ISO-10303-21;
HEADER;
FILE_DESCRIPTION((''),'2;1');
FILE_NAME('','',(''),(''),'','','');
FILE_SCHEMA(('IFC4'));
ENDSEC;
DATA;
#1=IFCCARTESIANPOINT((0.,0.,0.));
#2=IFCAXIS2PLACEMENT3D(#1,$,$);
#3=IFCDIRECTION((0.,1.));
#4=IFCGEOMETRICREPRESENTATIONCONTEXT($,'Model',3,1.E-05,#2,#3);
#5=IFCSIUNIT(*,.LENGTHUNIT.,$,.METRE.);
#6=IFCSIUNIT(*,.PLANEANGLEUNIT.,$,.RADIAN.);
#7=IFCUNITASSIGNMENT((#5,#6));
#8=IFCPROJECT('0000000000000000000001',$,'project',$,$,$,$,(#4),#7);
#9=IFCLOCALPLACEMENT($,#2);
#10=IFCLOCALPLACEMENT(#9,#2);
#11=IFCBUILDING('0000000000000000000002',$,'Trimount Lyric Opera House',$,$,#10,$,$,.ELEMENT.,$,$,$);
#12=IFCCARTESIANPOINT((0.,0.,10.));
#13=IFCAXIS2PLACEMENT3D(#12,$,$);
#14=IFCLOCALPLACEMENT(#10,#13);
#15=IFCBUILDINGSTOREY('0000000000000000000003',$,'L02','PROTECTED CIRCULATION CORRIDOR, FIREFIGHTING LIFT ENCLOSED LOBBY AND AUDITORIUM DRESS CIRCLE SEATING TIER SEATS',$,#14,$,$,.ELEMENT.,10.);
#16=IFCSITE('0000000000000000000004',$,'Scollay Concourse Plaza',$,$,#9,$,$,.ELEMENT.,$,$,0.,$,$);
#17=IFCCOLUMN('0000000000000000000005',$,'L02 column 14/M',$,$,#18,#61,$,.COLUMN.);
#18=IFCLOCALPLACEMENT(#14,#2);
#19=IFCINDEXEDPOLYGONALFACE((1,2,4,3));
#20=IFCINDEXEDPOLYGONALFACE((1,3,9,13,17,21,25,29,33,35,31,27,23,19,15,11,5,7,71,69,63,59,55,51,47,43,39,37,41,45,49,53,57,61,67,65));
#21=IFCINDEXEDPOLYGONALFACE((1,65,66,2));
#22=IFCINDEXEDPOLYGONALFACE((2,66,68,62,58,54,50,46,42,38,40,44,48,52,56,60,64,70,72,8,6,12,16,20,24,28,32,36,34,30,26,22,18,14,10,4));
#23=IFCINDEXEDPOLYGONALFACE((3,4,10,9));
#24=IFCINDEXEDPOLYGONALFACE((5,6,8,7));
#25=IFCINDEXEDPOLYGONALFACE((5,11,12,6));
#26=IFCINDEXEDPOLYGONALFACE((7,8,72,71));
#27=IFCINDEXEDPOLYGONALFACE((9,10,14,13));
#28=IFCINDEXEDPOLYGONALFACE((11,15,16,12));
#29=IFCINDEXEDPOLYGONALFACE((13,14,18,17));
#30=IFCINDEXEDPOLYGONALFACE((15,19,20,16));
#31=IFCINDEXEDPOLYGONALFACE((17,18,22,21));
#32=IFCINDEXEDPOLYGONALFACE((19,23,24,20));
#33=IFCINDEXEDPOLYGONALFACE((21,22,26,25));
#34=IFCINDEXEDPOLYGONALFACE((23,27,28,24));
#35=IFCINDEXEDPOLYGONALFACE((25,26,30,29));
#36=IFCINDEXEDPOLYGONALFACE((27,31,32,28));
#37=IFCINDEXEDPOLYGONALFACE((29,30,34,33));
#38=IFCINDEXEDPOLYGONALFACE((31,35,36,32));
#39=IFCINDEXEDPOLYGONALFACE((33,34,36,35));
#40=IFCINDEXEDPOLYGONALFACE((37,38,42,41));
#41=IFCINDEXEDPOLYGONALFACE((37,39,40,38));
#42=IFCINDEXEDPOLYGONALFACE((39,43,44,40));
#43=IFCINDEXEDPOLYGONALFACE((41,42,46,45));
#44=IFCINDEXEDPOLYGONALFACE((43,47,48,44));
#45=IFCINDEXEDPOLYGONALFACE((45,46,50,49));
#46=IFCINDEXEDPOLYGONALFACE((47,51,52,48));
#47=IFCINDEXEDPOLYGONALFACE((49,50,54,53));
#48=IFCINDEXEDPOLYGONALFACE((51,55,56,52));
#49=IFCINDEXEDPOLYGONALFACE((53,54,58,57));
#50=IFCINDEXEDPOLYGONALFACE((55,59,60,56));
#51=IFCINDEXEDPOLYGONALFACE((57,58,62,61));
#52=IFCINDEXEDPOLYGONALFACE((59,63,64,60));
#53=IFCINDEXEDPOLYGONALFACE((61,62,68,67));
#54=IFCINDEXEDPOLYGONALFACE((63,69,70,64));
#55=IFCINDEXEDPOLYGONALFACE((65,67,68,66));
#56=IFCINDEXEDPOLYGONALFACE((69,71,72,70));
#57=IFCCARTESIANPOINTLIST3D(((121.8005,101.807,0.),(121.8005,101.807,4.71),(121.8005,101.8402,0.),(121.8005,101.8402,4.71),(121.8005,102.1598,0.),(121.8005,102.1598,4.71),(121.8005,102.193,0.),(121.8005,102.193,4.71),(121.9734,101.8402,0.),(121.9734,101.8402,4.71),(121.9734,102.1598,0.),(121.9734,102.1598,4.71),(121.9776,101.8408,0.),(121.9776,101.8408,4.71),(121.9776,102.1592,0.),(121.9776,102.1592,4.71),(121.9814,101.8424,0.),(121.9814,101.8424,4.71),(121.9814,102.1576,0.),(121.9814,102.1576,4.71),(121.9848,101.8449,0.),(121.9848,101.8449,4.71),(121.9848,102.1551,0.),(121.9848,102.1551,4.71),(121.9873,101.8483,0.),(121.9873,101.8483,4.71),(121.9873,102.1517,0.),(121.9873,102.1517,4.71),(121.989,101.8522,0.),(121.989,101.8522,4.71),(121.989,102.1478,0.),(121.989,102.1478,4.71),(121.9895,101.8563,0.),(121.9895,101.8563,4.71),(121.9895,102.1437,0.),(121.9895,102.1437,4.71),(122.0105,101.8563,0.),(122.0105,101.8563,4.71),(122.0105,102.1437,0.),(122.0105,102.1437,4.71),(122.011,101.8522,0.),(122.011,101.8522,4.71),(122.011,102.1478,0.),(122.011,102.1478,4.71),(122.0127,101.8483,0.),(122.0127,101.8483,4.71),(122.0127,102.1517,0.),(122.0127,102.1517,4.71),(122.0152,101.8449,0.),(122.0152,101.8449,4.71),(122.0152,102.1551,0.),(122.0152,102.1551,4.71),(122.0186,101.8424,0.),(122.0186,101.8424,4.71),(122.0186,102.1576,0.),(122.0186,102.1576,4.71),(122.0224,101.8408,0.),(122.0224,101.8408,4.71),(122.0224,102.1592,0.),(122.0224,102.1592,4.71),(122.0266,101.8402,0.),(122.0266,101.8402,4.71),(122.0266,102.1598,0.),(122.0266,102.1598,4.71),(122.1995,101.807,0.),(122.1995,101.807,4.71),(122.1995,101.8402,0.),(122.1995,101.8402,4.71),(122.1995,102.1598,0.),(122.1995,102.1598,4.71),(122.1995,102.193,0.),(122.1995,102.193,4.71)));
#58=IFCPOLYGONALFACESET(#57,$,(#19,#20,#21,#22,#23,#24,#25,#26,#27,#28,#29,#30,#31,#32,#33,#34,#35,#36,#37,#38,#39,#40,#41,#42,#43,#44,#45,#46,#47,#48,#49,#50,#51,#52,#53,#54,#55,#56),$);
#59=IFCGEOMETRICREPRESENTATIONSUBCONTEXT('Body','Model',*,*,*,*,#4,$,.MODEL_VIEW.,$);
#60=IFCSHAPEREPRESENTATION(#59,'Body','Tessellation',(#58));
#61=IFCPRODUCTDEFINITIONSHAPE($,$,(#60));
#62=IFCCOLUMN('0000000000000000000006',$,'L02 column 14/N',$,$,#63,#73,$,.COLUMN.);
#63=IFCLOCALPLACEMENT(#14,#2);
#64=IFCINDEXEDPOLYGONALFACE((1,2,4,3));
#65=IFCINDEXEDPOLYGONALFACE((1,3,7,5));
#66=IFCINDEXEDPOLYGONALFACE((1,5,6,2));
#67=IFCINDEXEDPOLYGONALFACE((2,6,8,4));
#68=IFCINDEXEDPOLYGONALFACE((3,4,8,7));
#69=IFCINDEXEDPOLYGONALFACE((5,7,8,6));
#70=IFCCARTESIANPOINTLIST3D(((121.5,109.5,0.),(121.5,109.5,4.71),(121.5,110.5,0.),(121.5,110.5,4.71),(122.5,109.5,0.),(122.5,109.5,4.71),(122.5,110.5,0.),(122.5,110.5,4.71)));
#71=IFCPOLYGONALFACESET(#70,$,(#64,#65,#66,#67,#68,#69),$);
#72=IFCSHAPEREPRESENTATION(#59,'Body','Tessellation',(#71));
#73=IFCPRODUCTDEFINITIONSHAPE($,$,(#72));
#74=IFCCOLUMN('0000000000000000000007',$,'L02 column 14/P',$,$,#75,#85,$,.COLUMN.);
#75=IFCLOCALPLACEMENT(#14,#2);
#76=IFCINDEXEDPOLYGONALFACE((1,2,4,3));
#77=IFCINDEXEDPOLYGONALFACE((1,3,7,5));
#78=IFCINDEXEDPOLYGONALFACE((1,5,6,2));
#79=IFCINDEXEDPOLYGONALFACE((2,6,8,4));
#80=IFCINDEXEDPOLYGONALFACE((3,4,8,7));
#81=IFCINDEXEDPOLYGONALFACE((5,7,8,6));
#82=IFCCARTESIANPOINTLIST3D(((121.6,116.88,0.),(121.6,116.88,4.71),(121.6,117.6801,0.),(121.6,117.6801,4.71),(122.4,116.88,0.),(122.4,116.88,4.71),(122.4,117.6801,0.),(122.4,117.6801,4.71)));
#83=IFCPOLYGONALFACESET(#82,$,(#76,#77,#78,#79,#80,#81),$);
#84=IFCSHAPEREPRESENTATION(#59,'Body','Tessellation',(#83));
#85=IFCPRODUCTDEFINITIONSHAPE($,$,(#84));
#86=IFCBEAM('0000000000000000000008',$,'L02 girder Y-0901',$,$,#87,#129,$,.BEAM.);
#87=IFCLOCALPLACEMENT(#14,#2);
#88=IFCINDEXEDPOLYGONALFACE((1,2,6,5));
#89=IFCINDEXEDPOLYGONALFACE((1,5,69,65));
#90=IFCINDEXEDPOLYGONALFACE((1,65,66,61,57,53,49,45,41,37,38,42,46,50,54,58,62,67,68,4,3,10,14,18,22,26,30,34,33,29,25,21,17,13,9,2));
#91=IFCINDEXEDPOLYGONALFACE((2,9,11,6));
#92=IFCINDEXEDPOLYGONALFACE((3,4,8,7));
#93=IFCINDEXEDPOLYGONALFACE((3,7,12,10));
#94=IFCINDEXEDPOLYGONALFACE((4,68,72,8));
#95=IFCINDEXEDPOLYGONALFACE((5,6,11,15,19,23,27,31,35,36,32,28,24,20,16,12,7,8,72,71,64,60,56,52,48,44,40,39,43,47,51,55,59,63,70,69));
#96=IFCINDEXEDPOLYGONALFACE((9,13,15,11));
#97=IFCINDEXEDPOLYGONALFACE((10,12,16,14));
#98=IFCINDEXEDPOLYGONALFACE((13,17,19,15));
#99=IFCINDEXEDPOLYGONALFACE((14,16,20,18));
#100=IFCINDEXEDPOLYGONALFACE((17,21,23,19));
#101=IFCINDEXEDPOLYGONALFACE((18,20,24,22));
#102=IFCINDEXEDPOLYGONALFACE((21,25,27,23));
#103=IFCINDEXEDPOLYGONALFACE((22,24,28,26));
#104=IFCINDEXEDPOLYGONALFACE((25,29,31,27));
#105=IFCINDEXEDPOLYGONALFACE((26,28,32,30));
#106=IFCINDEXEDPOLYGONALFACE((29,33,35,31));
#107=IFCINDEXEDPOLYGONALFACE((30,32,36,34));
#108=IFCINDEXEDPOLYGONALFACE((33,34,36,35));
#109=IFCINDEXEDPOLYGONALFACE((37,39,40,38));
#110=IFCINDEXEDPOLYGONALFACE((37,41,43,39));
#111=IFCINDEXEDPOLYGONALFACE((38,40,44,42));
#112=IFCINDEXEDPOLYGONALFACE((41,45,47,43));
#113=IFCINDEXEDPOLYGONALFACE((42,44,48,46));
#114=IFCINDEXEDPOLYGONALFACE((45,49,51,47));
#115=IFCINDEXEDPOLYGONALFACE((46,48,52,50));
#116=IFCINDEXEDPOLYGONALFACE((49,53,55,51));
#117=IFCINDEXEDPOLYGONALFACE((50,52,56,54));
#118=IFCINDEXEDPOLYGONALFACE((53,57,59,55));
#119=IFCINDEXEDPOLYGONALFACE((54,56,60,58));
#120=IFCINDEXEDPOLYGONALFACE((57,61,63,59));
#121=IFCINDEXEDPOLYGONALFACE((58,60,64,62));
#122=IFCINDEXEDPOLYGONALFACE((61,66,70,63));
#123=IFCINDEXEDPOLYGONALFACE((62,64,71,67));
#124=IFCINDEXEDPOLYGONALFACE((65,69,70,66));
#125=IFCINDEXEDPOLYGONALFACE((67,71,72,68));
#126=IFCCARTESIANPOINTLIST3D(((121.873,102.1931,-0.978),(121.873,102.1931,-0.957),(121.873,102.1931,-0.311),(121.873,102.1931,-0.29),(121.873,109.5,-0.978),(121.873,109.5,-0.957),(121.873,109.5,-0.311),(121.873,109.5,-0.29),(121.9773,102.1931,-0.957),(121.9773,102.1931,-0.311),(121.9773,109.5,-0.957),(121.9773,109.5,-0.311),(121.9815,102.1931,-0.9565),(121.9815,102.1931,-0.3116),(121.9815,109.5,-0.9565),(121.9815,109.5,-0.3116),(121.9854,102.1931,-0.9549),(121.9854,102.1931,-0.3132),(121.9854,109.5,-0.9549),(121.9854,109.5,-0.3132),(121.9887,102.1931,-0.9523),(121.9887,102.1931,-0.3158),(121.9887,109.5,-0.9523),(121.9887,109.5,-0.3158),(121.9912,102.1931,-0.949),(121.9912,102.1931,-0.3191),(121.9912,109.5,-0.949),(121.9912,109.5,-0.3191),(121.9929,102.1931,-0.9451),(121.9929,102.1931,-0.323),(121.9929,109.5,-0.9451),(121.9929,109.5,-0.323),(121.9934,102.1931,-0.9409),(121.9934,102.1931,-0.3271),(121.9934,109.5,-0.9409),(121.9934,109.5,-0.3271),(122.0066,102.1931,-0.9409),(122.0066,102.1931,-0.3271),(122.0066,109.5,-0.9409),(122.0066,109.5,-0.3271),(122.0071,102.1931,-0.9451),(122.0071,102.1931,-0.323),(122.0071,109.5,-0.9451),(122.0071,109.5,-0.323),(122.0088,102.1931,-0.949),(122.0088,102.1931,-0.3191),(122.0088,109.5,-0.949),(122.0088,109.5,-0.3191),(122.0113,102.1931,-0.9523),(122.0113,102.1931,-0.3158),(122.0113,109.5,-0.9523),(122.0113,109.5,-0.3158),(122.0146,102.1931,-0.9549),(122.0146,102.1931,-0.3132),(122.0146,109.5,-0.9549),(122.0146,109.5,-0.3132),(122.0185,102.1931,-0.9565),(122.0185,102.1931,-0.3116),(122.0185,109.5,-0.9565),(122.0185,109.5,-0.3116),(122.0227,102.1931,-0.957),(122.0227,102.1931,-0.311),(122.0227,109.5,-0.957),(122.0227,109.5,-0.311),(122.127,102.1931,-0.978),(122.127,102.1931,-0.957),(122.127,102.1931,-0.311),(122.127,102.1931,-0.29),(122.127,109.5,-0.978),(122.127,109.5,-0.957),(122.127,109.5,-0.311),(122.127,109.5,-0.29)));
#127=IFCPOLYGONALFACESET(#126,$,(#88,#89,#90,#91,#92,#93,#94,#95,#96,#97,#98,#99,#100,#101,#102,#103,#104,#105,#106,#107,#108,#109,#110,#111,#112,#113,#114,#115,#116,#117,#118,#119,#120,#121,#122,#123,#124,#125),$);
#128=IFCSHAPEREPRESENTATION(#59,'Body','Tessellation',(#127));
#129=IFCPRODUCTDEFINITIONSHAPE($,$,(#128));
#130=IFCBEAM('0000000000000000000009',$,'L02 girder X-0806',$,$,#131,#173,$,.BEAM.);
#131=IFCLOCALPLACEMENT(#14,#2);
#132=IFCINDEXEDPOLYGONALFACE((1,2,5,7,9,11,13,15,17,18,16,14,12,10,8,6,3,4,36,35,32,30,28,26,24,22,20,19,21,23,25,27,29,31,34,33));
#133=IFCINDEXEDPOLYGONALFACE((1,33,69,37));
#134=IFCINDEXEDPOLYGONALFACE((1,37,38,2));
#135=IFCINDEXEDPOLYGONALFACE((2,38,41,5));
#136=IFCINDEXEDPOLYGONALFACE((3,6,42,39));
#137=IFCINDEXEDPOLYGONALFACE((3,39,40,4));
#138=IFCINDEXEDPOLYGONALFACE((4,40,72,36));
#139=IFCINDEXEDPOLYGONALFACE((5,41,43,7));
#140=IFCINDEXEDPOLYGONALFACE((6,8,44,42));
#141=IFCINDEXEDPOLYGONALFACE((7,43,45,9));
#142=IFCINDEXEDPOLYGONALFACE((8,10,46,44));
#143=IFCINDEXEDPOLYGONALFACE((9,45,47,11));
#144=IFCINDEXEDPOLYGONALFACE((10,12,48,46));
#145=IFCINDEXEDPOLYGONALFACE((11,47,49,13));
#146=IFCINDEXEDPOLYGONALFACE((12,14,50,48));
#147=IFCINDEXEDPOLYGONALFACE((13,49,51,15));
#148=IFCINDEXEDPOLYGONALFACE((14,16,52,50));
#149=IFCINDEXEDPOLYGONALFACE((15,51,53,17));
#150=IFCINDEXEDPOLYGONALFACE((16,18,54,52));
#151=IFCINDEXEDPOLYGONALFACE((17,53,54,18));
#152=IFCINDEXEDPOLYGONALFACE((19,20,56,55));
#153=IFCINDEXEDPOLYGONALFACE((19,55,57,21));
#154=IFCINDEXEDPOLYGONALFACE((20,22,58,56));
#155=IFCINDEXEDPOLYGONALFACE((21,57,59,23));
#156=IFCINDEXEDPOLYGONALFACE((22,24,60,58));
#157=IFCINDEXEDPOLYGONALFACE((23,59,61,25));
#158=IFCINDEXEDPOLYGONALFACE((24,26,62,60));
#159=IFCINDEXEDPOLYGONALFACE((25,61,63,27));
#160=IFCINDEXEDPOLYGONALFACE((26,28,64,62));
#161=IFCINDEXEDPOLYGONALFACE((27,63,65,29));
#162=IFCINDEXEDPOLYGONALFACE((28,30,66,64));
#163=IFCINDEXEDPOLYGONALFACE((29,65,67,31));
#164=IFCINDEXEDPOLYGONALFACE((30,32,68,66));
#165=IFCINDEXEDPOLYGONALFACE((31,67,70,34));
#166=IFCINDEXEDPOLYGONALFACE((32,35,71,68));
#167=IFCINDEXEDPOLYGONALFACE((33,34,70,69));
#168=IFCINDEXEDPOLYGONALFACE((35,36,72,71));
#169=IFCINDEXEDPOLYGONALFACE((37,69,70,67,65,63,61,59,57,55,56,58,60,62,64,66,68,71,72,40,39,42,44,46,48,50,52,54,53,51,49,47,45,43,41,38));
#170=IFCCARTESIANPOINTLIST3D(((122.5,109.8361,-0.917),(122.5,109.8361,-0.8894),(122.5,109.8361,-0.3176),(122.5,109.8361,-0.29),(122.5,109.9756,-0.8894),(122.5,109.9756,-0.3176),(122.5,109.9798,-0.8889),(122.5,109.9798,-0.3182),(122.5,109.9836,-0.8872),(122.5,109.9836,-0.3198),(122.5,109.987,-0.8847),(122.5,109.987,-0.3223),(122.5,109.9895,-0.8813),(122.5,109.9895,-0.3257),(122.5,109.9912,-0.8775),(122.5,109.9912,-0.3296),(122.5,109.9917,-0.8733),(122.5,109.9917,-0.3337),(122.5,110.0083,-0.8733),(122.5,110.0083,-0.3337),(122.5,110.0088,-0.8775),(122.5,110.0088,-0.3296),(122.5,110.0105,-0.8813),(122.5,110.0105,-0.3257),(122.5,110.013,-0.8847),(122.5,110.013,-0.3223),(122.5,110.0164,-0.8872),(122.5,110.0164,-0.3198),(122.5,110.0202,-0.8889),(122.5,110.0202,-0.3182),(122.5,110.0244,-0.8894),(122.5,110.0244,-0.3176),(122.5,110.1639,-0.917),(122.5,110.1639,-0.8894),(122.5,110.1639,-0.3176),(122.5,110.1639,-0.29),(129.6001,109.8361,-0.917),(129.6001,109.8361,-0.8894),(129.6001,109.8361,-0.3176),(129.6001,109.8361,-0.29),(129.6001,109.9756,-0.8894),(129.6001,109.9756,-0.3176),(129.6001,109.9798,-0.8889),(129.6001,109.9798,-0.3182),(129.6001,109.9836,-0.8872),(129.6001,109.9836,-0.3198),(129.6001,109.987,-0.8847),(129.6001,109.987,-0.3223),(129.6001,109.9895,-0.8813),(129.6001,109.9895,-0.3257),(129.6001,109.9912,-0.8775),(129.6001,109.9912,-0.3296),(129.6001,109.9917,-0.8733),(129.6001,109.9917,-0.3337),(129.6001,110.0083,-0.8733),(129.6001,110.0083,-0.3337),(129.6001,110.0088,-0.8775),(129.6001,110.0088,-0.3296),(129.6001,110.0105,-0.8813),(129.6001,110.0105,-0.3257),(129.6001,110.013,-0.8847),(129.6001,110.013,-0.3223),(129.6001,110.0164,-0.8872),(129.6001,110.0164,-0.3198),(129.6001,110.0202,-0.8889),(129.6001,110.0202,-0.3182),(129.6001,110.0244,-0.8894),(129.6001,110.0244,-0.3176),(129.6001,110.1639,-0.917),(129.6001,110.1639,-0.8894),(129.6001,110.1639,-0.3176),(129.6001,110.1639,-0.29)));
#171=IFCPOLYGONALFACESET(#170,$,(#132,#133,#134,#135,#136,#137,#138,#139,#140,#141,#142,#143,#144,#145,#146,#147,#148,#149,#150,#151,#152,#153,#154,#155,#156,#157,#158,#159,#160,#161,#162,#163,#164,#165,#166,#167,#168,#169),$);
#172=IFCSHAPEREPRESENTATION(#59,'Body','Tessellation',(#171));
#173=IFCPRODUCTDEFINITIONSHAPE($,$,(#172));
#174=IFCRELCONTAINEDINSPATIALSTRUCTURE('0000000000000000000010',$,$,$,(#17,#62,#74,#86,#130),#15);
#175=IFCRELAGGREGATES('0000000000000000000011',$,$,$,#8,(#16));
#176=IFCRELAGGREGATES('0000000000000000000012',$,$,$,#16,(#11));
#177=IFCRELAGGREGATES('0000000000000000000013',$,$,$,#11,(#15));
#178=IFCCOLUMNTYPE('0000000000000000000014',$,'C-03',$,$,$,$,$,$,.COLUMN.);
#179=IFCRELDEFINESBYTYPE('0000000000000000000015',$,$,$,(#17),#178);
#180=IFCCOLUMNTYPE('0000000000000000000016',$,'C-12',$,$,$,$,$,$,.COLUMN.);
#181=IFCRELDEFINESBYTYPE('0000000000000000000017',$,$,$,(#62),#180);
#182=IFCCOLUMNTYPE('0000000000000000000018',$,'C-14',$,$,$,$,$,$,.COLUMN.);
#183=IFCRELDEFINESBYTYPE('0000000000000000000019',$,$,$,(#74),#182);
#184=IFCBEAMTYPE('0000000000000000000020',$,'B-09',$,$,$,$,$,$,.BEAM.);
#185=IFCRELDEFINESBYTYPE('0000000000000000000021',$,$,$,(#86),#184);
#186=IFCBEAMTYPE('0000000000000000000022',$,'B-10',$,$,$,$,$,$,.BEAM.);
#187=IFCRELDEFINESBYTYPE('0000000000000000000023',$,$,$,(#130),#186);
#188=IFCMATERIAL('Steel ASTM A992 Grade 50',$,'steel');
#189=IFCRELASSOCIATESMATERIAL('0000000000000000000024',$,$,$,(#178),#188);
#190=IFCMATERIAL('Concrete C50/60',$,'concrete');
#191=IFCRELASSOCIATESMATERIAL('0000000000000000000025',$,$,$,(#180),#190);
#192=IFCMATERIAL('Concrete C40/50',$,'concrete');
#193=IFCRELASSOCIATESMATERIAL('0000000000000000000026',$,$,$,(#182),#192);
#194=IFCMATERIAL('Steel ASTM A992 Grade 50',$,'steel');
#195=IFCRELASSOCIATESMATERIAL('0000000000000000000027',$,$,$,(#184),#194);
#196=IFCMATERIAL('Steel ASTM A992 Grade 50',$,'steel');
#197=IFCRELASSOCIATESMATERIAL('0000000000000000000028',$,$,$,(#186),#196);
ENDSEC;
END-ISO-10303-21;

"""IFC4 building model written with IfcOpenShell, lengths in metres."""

from ifc_helpers import new_model, si_unit, direction, frame, origin, origin_2d, place, context, subcontext, project, spatial, rectangle, i_section, extrude, material, material_profile, profile_set, type_object, element, save


model = new_model("IFC4")

# Units and contexts
model_context = context("Model", 3, precision=1e-05, world=origin(), true_north=direction((0.0, 1.0)))
body_context = subcontext(model_context, "Body", "Model", "MODEL_VIEW")
ifc_project = project(units=[si_unit("LENGTHUNIT", "METRE"), si_unit("PLANEANGLEUNIT", "RADIAN")], contexts=[model_context])

# Site, building, storey
site_placement = place(None, origin())
site = spatial("IfcSite", under=ifc_project, at=site_placement, Name="Scollay Concourse Plaza", CompositionType="ELEMENT", RefElevation=0.0)
building_placement = place(site_placement, origin())
building = spatial("IfcBuilding", under=site, at=building_placement, Name="Trimount Lyric Opera House", CompositionType="ELEMENT")
storey_placement = place(building_placement, frame((0.0, 0.0, 10.0)))
storey = spatial("IfcBuildingStorey", under=building, at=storey_placement, Name="L02", Description="PROTECTED CIRCULATION CORRIDOR, FIREFIGHTING LIFT ENCLOSED LOBBY AND AUDITORIUM DRESS CIRCLE SEATING TIER SEATS", CompositionType="ELEMENT", Elevation=10.0)

# Columns
ifc_material_1 = material(Name="Steel ASTM A992 Grade 50", Category="steel")
ifc_material_profile_1 = material_profile(ifc_material_1, i_section(OverallWidth=0.3989, OverallDepth=0.386, WebThickness=0.021, FlangeThickness=0.0332, FilletRadius=0.0161, at=origin_2d()), Name="W14X176")
ifc_profile_set_1 = profile_set([ifc_material_profile_1], Name="Steel ASTM A992 Grade 50")
column_type_1 = type_object("IfcColumnType", Name="C-03", PredefinedType="COLUMN", material=ifc_profile_set_1)
column_1_placement = place(storey_placement, frame((122.0, 102.0, 0.0), z_axis=(0.0, 0.0, 1.0), x_axis=(1.0, 0.0, 0.0)))
element("IfcColumn", 1, at=column_1_placement, inside=storey, type_object=column_type_1, Name="L02 column 14/M", PredefinedType="COLUMN", context=body_context, shape_type="SweptSolid", body=[
    extrude(i_section(OverallWidth=0.3989, OverallDepth=0.386, WebThickness=0.021, FlangeThickness=0.0332, FilletRadius=0.0161, at=origin_2d()), origin(), (0.0, 0.0, 1.0), 4.71),
])
ifc_material_2 = material(Name="Concrete C50/60", Category="concrete")
ifc_material_profile_2 = material_profile(ifc_material_2, rectangle(XDim=1.0, YDim=1.0, at=origin_2d()), Name="RC1000X1000")
ifc_profile_set_2 = profile_set([ifc_material_profile_2], Name="Concrete C50/60")
column_type_2 = type_object("IfcColumnType", Name="C-12", PredefinedType="COLUMN", material=ifc_profile_set_2)
column_2_placement = place(storey_placement, frame((122.0, 110.0, 0.0), z_axis=(0.0, 0.0, 1.0), x_axis=(1.0, 0.0, 0.0)))
element("IfcColumn", 2, at=column_2_placement, inside=storey, type_object=column_type_2, Name="L02 column 14/N", PredefinedType="COLUMN", context=body_context, shape_type="SweptSolid", body=[
    extrude(rectangle(XDim=1.0, YDim=1.0, at=origin_2d()), origin(), (0.0, 0.0, 1.0), 4.71),
])
ifc_material_3 = material(Name="Concrete C40/50", Category="concrete")
ifc_material_profile_3 = material_profile(ifc_material_3, rectangle(XDim=0.8, YDim=0.8, at=origin_2d()), Name="RC800X800")
ifc_profile_set_3 = profile_set([ifc_material_profile_3], Name="Concrete C40/50")
column_type_3 = type_object("IfcColumnType", Name="C-14", PredefinedType="COLUMN", material=ifc_profile_set_3)
column_3_placement = place(storey_placement, frame((122.0, 117.28, 0.0), z_axis=(0.0, 0.0, 1.0), x_axis=(1.0, 0.0, 0.0)))
element("IfcColumn", 3, at=column_3_placement, inside=storey, type_object=column_type_3, Name="L02 column 14/P", PredefinedType="COLUMN", context=body_context, shape_type="SweptSolid", body=[
    extrude(rectangle(XDim=0.8, YDim=0.8, at=origin_2d()), origin(), (0.0, 0.0, 1.0), 4.71),
])

# Beams
ifc_material_4 = material(Name="Steel ASTM A992 Grade 50", Category="steel")
ifc_material_profile_4 = material_profile(ifc_material_4, i_section(OverallWidth=0.2539, OverallDepth=0.688, WebThickness=0.0132, FlangeThickness=0.021, FilletRadius=0.0161, at=origin_2d()), Name="W27X102")
ifc_profile_set_4 = profile_set([ifc_material_profile_4], Name="Steel ASTM A992 Grade 50")
beam_type_1 = type_object("IfcBeamType", Name="B-09", PredefinedType="BEAM", material=ifc_profile_set_4)
beam_1_placement = place(storey_placement, frame((122.0, 102.1931, -0.634), z_axis=(0.0, 1.0, 0.0), x_axis=(-1.0, 0.0, 0.0)))
element("IfcBeam", 4, at=beam_1_placement, inside=storey, type_object=beam_type_1, Name="L02 girder Y-0901", PredefinedType="BEAM", context=body_context, shape_type="SweptSolid", body=[
    extrude(i_section(OverallWidth=0.2539, OverallDepth=0.688, WebThickness=0.0132, FlangeThickness=0.021, FilletRadius=0.0161, at=origin_2d()), origin(), (0.0, 0.0, 1.0), 7.3069),
])
ifc_material_5 = material(Name="Steel ASTM A992 Grade 50", Category="steel")
ifc_material_profile_5 = material_profile(ifc_material_5, i_section(OverallWidth=0.3279, OverallDepth=0.627, WebThickness=0.0166, FlangeThickness=0.0276, FilletRadius=0.0161, at=origin_2d()), Name="W24X146")
ifc_profile_set_5 = profile_set([ifc_material_profile_5], Name="Steel ASTM A992 Grade 50")
beam_type_2 = type_object("IfcBeamType", Name="B-10", PredefinedType="BEAM", material=ifc_profile_set_5)
beam_2_placement = place(storey_placement, frame((122.5, 110.0, -0.6035), z_axis=(1.0, 0.0, 0.0), x_axis=(0.0, 1.0, 0.0)))
element("IfcBeam", 5, at=beam_2_placement, inside=storey, type_object=beam_type_2, Name="L02 girder X-0806", PredefinedType="BEAM", context=body_context, shape_type="SweptSolid", body=[
    extrude(i_section(OverallWidth=0.3279, OverallDepth=0.627, WebThickness=0.0166, FlangeThickness=0.0276, FilletRadius=0.0161, at=origin_2d()), origin(), (0.0, 0.0, 1.0), 7.1001),
])

save(model, "model.ifc")
